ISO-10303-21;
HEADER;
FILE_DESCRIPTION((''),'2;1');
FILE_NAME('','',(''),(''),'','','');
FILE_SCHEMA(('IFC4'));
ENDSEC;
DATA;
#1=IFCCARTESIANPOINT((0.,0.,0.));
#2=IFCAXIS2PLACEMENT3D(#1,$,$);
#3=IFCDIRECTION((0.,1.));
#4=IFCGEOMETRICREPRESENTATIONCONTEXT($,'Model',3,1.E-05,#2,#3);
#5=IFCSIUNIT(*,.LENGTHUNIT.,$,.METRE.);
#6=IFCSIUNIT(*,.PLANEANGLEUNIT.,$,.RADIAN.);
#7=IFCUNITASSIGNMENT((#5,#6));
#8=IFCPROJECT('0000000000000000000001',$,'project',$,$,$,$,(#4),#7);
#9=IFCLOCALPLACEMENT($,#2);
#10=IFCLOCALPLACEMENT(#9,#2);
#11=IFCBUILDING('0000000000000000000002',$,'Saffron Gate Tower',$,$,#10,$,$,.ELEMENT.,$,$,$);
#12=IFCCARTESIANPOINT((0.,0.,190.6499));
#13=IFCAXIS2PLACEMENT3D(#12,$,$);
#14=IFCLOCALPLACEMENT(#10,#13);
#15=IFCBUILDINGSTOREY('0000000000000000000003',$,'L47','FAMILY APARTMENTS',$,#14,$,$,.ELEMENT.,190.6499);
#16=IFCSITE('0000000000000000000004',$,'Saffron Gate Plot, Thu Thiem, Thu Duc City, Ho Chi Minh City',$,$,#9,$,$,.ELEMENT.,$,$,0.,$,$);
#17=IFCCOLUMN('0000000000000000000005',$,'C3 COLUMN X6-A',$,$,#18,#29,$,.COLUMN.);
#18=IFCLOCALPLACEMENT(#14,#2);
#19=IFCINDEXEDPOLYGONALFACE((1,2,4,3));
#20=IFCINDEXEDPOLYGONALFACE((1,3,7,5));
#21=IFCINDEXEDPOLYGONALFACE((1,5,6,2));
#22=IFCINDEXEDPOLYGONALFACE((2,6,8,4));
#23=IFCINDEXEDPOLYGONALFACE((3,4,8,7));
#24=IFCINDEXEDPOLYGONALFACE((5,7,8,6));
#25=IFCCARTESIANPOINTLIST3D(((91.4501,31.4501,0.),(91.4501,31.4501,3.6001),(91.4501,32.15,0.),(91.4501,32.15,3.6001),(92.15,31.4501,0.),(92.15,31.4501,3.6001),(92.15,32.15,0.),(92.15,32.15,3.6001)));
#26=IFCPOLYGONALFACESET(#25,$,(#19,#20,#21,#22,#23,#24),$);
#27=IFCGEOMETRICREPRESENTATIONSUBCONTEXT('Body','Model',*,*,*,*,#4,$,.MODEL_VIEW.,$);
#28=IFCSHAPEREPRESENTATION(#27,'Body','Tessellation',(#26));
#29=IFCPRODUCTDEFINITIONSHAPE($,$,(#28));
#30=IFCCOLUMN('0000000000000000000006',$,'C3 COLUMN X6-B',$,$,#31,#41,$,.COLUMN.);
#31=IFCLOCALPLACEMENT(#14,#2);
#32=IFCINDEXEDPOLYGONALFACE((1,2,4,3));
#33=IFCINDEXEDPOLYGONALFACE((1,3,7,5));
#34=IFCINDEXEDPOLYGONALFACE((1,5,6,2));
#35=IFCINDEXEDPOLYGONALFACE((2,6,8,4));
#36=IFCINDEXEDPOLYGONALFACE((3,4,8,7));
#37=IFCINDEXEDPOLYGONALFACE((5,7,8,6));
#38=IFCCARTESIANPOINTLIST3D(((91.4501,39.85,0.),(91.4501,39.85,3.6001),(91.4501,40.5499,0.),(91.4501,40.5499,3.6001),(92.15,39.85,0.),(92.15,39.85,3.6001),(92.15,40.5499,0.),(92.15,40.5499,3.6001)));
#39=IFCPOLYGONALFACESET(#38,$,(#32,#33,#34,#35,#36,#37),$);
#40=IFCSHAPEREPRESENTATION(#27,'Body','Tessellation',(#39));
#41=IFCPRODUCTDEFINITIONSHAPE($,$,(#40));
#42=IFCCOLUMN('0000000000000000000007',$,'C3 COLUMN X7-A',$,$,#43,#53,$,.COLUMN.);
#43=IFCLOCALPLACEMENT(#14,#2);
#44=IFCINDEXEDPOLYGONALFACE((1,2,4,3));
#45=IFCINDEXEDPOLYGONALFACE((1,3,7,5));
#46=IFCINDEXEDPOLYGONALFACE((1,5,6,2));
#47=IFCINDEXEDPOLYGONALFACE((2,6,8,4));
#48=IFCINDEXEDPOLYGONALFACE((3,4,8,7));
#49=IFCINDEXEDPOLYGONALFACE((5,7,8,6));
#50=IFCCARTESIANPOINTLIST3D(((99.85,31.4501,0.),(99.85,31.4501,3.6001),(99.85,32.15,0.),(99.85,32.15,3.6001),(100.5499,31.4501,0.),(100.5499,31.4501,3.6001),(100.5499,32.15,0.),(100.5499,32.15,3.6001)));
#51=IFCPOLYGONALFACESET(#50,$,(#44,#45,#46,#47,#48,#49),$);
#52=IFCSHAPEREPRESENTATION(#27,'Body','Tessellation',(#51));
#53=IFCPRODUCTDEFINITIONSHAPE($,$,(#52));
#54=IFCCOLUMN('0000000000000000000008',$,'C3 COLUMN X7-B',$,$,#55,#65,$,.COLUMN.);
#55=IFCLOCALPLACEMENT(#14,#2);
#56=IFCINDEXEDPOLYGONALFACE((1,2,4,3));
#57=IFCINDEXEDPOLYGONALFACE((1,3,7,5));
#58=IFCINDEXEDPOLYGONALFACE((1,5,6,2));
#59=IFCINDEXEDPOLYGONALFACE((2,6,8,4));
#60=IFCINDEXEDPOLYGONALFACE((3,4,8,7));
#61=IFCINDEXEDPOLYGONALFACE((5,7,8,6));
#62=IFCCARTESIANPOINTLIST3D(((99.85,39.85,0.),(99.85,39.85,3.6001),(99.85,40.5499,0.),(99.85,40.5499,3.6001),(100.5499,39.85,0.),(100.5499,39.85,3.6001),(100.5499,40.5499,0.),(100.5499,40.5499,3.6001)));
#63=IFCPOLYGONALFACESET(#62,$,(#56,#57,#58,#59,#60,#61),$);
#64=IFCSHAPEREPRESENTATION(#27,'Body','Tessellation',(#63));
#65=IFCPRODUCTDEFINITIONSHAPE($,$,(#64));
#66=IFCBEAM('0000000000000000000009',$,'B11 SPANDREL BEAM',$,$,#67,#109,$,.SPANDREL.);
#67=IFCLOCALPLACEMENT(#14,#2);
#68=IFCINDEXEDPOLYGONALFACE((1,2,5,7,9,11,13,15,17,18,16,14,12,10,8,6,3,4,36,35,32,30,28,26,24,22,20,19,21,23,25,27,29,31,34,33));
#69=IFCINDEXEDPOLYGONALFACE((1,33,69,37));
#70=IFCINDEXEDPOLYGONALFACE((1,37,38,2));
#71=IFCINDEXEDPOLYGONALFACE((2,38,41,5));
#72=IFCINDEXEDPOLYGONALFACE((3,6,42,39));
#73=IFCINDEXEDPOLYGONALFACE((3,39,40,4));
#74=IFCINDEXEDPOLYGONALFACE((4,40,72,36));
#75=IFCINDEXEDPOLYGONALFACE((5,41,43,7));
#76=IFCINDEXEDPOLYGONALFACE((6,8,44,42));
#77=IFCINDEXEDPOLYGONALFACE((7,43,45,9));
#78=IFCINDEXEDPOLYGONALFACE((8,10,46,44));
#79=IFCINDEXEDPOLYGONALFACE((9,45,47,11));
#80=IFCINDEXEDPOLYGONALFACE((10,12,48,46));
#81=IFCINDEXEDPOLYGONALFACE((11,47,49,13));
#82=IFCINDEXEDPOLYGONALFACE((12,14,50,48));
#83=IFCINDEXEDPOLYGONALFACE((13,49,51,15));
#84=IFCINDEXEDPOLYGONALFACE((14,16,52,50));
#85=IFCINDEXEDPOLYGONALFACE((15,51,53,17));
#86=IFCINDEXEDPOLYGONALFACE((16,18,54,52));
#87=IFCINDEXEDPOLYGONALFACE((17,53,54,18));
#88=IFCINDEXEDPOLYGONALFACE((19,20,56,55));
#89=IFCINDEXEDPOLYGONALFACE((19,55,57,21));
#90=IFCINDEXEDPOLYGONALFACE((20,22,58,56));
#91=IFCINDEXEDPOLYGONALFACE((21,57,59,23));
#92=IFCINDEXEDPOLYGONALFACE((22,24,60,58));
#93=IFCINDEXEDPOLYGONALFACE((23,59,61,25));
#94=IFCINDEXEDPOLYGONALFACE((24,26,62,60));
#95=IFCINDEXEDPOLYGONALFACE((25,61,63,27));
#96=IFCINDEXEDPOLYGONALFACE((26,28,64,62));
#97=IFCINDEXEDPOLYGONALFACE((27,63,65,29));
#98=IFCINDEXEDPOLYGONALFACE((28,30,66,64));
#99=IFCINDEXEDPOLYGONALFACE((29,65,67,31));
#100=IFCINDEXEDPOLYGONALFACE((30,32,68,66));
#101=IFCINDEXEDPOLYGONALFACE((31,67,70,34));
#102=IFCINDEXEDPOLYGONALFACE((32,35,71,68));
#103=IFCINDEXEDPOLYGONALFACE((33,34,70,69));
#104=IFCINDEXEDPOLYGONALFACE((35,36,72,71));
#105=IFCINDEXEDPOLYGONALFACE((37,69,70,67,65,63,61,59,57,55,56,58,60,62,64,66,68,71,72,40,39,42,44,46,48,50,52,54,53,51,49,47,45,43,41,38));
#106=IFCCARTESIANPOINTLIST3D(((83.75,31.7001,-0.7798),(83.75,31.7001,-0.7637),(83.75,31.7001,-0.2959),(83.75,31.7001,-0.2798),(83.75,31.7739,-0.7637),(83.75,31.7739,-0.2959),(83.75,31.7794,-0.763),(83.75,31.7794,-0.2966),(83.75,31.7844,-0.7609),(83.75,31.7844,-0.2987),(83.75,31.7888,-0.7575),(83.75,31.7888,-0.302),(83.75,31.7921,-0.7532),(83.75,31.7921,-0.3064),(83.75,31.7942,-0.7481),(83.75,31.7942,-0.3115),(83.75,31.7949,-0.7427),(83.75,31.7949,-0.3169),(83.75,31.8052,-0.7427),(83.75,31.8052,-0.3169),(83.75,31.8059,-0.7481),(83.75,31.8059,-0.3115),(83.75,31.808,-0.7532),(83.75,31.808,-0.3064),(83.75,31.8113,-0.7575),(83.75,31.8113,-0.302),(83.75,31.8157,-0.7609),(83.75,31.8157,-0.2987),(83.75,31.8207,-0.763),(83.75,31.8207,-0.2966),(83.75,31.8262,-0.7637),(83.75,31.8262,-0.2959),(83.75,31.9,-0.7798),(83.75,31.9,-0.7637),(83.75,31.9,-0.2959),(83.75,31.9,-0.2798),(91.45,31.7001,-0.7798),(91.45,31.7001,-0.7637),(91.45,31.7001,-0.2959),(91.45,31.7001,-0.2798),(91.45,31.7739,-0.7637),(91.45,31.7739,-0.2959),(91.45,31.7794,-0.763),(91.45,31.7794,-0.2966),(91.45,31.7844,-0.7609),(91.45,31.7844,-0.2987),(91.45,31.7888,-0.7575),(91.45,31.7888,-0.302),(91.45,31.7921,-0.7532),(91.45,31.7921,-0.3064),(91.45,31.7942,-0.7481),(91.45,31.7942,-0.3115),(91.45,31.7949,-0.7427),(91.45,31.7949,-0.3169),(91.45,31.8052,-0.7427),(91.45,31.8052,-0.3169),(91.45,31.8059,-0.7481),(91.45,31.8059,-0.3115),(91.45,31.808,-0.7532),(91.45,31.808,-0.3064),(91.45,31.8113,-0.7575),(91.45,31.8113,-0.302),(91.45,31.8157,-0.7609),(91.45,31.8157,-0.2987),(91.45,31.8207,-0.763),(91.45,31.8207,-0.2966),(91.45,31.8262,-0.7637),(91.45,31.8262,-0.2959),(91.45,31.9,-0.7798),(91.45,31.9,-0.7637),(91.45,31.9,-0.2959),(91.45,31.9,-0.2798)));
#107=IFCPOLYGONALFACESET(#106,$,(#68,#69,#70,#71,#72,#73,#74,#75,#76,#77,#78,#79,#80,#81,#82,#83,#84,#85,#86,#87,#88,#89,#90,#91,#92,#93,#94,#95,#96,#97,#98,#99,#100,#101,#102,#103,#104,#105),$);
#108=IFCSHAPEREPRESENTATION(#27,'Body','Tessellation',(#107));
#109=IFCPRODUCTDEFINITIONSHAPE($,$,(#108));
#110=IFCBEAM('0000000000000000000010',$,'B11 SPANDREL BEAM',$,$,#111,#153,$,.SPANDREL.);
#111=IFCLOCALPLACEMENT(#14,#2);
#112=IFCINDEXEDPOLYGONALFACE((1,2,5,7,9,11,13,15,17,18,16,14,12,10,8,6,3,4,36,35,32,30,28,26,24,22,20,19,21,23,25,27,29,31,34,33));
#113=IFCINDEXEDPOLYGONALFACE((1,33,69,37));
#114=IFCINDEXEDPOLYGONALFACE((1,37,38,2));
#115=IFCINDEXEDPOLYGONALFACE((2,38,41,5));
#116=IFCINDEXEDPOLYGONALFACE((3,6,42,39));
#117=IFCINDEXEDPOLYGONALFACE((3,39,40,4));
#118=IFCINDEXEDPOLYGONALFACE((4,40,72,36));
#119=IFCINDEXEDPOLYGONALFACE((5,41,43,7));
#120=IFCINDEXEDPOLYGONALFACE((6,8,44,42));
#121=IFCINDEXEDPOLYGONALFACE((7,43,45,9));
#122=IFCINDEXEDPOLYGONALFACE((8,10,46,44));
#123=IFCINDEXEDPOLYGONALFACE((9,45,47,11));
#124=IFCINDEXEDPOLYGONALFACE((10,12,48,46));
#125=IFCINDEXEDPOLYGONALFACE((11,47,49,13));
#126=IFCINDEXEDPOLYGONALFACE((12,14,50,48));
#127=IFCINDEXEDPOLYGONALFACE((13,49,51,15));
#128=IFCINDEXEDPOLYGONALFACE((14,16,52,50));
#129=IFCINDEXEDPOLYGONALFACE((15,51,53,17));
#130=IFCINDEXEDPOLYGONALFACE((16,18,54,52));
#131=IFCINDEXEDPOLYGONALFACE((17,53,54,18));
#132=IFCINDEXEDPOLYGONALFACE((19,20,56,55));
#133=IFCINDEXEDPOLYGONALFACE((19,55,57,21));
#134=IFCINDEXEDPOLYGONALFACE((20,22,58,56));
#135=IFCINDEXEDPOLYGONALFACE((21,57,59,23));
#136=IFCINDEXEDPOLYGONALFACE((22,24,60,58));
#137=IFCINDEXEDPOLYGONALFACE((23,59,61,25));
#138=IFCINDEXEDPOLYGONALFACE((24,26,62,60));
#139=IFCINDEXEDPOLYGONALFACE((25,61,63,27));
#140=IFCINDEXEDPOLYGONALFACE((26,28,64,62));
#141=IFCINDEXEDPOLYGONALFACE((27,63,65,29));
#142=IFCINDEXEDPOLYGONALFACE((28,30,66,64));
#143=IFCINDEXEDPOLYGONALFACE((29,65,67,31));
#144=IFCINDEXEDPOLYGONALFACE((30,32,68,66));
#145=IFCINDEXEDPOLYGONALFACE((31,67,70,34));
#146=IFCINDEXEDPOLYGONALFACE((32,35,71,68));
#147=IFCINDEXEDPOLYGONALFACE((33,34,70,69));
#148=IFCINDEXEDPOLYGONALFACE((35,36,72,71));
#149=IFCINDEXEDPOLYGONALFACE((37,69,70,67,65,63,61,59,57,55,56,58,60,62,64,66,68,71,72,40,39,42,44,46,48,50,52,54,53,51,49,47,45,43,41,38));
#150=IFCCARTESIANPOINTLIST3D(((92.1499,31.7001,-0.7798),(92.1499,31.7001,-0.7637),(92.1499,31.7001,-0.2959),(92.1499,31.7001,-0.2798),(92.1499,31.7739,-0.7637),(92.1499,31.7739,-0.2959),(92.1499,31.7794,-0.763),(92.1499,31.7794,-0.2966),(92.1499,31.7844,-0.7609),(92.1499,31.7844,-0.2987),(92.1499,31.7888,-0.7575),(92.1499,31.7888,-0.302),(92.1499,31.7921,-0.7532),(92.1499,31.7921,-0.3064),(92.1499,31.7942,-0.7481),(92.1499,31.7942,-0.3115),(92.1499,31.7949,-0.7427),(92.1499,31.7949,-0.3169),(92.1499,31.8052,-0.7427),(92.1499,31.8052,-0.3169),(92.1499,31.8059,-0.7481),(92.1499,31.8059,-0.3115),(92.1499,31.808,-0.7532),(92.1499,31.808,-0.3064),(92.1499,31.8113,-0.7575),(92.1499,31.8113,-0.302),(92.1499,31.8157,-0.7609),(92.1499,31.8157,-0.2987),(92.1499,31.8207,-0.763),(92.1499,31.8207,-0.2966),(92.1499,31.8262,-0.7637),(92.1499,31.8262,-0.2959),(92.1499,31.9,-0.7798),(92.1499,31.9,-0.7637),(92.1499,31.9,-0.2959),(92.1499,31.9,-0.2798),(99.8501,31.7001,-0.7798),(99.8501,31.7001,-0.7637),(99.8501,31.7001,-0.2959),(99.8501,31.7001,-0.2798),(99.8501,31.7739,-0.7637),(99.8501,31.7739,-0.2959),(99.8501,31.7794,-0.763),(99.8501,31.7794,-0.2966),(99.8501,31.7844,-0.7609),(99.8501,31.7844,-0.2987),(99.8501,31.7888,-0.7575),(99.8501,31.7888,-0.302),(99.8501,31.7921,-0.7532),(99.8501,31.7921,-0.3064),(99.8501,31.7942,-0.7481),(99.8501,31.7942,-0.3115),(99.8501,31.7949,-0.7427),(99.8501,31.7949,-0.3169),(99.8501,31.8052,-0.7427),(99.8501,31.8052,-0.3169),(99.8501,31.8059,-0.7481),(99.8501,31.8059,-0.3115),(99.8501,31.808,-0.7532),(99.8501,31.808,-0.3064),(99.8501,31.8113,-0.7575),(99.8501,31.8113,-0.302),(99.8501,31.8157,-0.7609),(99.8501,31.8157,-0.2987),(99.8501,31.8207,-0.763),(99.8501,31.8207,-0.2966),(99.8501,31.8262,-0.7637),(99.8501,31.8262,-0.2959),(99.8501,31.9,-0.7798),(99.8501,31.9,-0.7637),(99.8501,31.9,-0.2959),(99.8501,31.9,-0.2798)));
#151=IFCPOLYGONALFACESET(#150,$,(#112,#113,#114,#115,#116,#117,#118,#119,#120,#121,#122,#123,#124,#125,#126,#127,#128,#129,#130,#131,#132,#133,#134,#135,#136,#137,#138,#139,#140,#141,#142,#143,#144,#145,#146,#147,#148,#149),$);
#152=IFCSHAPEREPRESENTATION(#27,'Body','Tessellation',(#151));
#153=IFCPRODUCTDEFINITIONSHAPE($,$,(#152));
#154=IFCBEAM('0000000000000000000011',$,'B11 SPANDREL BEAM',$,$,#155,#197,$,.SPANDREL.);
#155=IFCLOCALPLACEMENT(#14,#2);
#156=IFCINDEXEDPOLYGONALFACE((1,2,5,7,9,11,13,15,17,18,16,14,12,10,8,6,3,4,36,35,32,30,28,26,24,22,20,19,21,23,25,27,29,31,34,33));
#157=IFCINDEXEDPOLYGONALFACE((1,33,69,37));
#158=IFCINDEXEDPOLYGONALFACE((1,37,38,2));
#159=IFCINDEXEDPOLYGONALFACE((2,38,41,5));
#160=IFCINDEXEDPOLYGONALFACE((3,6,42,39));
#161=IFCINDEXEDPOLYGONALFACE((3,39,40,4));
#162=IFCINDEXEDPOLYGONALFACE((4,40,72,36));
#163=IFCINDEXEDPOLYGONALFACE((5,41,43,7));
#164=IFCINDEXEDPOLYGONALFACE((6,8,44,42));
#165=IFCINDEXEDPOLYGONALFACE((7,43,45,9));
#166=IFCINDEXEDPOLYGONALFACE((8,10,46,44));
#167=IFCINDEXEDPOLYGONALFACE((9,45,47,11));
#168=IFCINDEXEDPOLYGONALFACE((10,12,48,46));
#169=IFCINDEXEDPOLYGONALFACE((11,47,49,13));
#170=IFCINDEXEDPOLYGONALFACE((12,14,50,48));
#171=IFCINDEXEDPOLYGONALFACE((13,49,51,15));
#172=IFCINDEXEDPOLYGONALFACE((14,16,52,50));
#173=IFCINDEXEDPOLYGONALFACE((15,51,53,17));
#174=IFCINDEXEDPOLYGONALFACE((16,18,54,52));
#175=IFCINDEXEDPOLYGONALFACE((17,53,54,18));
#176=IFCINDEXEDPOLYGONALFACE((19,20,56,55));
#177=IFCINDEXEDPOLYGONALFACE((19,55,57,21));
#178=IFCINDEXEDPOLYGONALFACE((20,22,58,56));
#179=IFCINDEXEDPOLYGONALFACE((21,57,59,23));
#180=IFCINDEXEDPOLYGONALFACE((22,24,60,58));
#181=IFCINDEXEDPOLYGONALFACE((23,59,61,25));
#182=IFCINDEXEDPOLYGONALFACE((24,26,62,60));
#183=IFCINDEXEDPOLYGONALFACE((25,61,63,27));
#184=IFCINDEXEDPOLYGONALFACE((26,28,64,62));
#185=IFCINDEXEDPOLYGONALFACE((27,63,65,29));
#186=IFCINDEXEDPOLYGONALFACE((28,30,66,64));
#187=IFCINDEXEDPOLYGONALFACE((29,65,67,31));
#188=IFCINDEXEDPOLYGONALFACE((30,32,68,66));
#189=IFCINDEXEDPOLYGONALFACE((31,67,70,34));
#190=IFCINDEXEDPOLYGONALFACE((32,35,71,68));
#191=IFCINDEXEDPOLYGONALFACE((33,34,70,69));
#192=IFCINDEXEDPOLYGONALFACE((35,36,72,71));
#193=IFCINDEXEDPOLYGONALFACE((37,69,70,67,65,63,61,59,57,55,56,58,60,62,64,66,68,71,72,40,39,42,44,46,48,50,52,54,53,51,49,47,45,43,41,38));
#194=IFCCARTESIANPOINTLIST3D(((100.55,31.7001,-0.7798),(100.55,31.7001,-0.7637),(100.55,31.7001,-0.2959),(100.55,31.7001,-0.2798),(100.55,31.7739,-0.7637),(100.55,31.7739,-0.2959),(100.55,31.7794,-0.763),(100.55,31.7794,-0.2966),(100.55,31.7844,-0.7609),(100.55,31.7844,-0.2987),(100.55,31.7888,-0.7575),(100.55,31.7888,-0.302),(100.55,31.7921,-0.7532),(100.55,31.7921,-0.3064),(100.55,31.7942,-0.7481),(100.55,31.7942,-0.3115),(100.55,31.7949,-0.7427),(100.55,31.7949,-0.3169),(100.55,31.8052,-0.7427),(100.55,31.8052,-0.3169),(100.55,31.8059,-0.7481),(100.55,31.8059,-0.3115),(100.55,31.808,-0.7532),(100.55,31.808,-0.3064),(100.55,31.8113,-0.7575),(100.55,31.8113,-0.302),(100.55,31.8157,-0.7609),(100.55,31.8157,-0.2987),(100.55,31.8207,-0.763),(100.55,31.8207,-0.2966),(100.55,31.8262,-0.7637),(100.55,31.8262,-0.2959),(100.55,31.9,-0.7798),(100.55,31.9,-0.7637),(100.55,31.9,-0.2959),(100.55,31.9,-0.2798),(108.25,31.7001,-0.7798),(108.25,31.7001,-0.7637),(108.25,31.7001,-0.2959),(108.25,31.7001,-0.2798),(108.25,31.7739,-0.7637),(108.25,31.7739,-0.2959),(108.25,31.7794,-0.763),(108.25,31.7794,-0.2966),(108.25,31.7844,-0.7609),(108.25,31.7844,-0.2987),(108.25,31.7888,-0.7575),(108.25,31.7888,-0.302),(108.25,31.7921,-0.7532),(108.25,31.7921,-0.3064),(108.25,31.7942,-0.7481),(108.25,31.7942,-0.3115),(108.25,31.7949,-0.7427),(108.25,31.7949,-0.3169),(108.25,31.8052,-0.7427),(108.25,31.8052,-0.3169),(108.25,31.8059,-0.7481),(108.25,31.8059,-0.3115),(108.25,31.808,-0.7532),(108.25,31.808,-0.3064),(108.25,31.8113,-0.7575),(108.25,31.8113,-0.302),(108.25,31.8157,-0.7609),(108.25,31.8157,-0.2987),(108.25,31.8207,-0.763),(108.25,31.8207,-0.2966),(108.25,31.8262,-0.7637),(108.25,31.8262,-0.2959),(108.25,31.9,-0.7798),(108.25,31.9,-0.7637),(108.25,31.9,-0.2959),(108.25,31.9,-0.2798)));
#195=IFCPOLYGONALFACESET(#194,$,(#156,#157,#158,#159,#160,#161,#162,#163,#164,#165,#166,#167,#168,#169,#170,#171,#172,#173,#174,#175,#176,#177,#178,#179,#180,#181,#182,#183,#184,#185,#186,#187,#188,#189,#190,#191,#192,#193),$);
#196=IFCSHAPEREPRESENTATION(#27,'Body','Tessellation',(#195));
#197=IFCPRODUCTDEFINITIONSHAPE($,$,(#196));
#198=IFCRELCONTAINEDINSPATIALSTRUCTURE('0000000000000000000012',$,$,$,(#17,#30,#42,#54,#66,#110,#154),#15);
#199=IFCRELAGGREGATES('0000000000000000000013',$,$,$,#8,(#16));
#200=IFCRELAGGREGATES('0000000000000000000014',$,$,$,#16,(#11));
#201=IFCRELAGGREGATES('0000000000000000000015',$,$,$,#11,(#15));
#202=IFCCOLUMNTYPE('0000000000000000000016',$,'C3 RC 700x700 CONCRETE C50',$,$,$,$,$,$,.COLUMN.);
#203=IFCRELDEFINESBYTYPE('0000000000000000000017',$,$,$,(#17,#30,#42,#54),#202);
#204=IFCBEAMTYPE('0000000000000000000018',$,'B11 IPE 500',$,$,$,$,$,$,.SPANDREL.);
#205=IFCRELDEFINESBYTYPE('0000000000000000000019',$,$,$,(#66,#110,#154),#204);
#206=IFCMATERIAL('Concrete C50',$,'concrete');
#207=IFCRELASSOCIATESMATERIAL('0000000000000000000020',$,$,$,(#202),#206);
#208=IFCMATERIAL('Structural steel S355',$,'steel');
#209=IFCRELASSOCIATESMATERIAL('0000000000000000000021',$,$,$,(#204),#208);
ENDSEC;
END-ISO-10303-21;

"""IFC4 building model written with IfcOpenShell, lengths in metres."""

from ifc_helpers import new_model, si_unit, direction, frame, origin, origin_2d, place, context, subcontext, project, spatial, rectangle, i_section, extrude, material, material_profile, profile_set, type_object, element, save


model = new_model("IFC4")

# Units and contexts
model_context = context("Model", 3, precision=1e-05, world=origin(), true_north=direction((0.0, 1.0)))
body_context = subcontext(model_context, "Body", "Model", "MODEL_VIEW")
ifc_project = project(units=[si_unit("LENGTHUNIT", "METRE"), si_unit("PLANEANGLEUNIT", "RADIAN")], contexts=[model_context])

# Site, building, storey
site_placement = place(None, origin())
site = spatial("IfcSite", under=ifc_project, at=site_placement, Name="Saffron Gate Plot, Thu Thiem, Thu Duc City, Ho Chi Minh City", CompositionType="ELEMENT", RefElevation=0.0)
building_placement = place(site_placement, origin())
building = spatial("IfcBuilding", under=site, at=building_placement, Name="Saffron Gate Tower", CompositionType="ELEMENT")
storey_placement = place(building_placement, frame((0.0, 0.0, 190.6499)))
storey = spatial("IfcBuildingStorey", under=building, at=storey_placement, Name="L47", Description="FAMILY APARTMENTS", CompositionType="ELEMENT", Elevation=190.6499)

# Columns
ifc_material_1 = material(Name="Concrete C50", Category="concrete")
ifc_material_profile_1 = material_profile(ifc_material_1, rectangle(XDim=0.7, YDim=0.7, at=origin_2d()))
ifc_profile_set_1 = profile_set([ifc_material_profile_1], Name="Concrete C50")
column_type = type_object("IfcColumnType", Name="C3 RC 700x700 CONCRETE C50", PredefinedType="COLUMN", material=ifc_profile_set_1)
for number, where, z_axis, x_axis, name in (
    (1, (91.8, 31.8, 0.0), (0.0, 0.0, 1.0), (1.0, 0.0, 0.0), "C3 COLUMN X6-A"),
    (2, (91.8, 40.2, 0.0), (0.0, 0.0, 1.0), (1.0, 0.0, 0.0), "C3 COLUMN X6-B"),
    (3, (100.2, 31.8, 0.0), (0.0, 0.0, 1.0), (1.0, 0.0, 0.0), "C3 COLUMN X7-A"),
    (4, (100.2, 40.2, 0.0), (0.0, 0.0, 1.0), (1.0, 0.0, 0.0), "C3 COLUMN X7-B"),
):
    element("IfcColumn", number, at=place(storey_placement, frame(where, z_axis=z_axis, x_axis=x_axis)), inside=storey, type_object=column_type, Name=name, PredefinedType="COLUMN", context=body_context, shape_type="SweptSolid", body=[
        extrude(rectangle(XDim=0.7, YDim=0.7, at=origin_2d()), origin(), (0.0, 0.0, 1.0), 3.6001),
    ])

# Beams
ifc_material_2 = material(Name="Structural steel S355", Category="steel")
ifc_material_profile_2 = material_profile(ifc_material_2, i_section(OverallWidth=0.2, OverallDepth=0.5, WebThickness=0.0103, FlangeThickness=0.0161, FilletRadius=0.021, at=origin_2d()))
ifc_profile_set_2 = profile_set([ifc_material_profile_2], Name="Structural steel S355")
beam_type_1 = type_object("IfcBeamType", Name="B11 IPE 500", PredefinedType="SPANDREL", material=ifc_profile_set_2)
beam_1_placement = place(storey_placement, frame((83.75, 31.8, -0.5298), z_axis=(1.0, 0.0, 0.0), x_axis=(0.0, 1.0, 0.0)))
element("IfcBeam", 5, at=beam_1_placement, inside=storey, type_object=beam_type_1, Name="B11 SPANDREL BEAM", PredefinedType="SPANDREL", context=body_context, shape_type="SweptSolid", body=[
    extrude(i_section(OverallWidth=0.2, OverallDepth=0.5, WebThickness=0.0103, FlangeThickness=0.0161, FilletRadius=0.021, at=origin_2d()), origin(), (0.0, 0.0, 1.0), 7.7),
])
beam_2_placement = place(storey_placement, frame((92.1499, 31.8, -0.5298), z_axis=(1.0, 0.0, 0.0), x_axis=(0.0, 1.0, 0.0)))
element("IfcBeam", 6, at=beam_2_placement, inside=storey, type_object=beam_type_1, Name="B11 SPANDREL BEAM", PredefinedType="SPANDREL", context=body_context, shape_type="SweptSolid", body=[
    extrude(i_section(OverallWidth=0.2, OverallDepth=0.5, WebThickness=0.0103, FlangeThickness=0.0161, FilletRadius=0.021, at=origin_2d()), origin(), (0.0, 0.0, 1.0), 7.7002),
])
beam_3_placement = place(storey_placement, frame((100.55, 31.8, -0.5298), z_axis=(1.0, 0.0, 0.0), x_axis=(0.0, 1.0, 0.0)))
element("IfcBeam", 7, at=beam_3_placement, inside=storey, type_object=beam_type_1, Name="B11 SPANDREL BEAM", PredefinedType="SPANDREL", context=body_context, shape_type="SweptSolid", body=[
    extrude(i_section(OverallWidth=0.2, OverallDepth=0.5, WebThickness=0.0103, FlangeThickness=0.0161, FilletRadius=0.021, at=origin_2d()), origin(), (0.0, 0.0, 1.0), 7.7),
])

save(model, "model.ifc")
